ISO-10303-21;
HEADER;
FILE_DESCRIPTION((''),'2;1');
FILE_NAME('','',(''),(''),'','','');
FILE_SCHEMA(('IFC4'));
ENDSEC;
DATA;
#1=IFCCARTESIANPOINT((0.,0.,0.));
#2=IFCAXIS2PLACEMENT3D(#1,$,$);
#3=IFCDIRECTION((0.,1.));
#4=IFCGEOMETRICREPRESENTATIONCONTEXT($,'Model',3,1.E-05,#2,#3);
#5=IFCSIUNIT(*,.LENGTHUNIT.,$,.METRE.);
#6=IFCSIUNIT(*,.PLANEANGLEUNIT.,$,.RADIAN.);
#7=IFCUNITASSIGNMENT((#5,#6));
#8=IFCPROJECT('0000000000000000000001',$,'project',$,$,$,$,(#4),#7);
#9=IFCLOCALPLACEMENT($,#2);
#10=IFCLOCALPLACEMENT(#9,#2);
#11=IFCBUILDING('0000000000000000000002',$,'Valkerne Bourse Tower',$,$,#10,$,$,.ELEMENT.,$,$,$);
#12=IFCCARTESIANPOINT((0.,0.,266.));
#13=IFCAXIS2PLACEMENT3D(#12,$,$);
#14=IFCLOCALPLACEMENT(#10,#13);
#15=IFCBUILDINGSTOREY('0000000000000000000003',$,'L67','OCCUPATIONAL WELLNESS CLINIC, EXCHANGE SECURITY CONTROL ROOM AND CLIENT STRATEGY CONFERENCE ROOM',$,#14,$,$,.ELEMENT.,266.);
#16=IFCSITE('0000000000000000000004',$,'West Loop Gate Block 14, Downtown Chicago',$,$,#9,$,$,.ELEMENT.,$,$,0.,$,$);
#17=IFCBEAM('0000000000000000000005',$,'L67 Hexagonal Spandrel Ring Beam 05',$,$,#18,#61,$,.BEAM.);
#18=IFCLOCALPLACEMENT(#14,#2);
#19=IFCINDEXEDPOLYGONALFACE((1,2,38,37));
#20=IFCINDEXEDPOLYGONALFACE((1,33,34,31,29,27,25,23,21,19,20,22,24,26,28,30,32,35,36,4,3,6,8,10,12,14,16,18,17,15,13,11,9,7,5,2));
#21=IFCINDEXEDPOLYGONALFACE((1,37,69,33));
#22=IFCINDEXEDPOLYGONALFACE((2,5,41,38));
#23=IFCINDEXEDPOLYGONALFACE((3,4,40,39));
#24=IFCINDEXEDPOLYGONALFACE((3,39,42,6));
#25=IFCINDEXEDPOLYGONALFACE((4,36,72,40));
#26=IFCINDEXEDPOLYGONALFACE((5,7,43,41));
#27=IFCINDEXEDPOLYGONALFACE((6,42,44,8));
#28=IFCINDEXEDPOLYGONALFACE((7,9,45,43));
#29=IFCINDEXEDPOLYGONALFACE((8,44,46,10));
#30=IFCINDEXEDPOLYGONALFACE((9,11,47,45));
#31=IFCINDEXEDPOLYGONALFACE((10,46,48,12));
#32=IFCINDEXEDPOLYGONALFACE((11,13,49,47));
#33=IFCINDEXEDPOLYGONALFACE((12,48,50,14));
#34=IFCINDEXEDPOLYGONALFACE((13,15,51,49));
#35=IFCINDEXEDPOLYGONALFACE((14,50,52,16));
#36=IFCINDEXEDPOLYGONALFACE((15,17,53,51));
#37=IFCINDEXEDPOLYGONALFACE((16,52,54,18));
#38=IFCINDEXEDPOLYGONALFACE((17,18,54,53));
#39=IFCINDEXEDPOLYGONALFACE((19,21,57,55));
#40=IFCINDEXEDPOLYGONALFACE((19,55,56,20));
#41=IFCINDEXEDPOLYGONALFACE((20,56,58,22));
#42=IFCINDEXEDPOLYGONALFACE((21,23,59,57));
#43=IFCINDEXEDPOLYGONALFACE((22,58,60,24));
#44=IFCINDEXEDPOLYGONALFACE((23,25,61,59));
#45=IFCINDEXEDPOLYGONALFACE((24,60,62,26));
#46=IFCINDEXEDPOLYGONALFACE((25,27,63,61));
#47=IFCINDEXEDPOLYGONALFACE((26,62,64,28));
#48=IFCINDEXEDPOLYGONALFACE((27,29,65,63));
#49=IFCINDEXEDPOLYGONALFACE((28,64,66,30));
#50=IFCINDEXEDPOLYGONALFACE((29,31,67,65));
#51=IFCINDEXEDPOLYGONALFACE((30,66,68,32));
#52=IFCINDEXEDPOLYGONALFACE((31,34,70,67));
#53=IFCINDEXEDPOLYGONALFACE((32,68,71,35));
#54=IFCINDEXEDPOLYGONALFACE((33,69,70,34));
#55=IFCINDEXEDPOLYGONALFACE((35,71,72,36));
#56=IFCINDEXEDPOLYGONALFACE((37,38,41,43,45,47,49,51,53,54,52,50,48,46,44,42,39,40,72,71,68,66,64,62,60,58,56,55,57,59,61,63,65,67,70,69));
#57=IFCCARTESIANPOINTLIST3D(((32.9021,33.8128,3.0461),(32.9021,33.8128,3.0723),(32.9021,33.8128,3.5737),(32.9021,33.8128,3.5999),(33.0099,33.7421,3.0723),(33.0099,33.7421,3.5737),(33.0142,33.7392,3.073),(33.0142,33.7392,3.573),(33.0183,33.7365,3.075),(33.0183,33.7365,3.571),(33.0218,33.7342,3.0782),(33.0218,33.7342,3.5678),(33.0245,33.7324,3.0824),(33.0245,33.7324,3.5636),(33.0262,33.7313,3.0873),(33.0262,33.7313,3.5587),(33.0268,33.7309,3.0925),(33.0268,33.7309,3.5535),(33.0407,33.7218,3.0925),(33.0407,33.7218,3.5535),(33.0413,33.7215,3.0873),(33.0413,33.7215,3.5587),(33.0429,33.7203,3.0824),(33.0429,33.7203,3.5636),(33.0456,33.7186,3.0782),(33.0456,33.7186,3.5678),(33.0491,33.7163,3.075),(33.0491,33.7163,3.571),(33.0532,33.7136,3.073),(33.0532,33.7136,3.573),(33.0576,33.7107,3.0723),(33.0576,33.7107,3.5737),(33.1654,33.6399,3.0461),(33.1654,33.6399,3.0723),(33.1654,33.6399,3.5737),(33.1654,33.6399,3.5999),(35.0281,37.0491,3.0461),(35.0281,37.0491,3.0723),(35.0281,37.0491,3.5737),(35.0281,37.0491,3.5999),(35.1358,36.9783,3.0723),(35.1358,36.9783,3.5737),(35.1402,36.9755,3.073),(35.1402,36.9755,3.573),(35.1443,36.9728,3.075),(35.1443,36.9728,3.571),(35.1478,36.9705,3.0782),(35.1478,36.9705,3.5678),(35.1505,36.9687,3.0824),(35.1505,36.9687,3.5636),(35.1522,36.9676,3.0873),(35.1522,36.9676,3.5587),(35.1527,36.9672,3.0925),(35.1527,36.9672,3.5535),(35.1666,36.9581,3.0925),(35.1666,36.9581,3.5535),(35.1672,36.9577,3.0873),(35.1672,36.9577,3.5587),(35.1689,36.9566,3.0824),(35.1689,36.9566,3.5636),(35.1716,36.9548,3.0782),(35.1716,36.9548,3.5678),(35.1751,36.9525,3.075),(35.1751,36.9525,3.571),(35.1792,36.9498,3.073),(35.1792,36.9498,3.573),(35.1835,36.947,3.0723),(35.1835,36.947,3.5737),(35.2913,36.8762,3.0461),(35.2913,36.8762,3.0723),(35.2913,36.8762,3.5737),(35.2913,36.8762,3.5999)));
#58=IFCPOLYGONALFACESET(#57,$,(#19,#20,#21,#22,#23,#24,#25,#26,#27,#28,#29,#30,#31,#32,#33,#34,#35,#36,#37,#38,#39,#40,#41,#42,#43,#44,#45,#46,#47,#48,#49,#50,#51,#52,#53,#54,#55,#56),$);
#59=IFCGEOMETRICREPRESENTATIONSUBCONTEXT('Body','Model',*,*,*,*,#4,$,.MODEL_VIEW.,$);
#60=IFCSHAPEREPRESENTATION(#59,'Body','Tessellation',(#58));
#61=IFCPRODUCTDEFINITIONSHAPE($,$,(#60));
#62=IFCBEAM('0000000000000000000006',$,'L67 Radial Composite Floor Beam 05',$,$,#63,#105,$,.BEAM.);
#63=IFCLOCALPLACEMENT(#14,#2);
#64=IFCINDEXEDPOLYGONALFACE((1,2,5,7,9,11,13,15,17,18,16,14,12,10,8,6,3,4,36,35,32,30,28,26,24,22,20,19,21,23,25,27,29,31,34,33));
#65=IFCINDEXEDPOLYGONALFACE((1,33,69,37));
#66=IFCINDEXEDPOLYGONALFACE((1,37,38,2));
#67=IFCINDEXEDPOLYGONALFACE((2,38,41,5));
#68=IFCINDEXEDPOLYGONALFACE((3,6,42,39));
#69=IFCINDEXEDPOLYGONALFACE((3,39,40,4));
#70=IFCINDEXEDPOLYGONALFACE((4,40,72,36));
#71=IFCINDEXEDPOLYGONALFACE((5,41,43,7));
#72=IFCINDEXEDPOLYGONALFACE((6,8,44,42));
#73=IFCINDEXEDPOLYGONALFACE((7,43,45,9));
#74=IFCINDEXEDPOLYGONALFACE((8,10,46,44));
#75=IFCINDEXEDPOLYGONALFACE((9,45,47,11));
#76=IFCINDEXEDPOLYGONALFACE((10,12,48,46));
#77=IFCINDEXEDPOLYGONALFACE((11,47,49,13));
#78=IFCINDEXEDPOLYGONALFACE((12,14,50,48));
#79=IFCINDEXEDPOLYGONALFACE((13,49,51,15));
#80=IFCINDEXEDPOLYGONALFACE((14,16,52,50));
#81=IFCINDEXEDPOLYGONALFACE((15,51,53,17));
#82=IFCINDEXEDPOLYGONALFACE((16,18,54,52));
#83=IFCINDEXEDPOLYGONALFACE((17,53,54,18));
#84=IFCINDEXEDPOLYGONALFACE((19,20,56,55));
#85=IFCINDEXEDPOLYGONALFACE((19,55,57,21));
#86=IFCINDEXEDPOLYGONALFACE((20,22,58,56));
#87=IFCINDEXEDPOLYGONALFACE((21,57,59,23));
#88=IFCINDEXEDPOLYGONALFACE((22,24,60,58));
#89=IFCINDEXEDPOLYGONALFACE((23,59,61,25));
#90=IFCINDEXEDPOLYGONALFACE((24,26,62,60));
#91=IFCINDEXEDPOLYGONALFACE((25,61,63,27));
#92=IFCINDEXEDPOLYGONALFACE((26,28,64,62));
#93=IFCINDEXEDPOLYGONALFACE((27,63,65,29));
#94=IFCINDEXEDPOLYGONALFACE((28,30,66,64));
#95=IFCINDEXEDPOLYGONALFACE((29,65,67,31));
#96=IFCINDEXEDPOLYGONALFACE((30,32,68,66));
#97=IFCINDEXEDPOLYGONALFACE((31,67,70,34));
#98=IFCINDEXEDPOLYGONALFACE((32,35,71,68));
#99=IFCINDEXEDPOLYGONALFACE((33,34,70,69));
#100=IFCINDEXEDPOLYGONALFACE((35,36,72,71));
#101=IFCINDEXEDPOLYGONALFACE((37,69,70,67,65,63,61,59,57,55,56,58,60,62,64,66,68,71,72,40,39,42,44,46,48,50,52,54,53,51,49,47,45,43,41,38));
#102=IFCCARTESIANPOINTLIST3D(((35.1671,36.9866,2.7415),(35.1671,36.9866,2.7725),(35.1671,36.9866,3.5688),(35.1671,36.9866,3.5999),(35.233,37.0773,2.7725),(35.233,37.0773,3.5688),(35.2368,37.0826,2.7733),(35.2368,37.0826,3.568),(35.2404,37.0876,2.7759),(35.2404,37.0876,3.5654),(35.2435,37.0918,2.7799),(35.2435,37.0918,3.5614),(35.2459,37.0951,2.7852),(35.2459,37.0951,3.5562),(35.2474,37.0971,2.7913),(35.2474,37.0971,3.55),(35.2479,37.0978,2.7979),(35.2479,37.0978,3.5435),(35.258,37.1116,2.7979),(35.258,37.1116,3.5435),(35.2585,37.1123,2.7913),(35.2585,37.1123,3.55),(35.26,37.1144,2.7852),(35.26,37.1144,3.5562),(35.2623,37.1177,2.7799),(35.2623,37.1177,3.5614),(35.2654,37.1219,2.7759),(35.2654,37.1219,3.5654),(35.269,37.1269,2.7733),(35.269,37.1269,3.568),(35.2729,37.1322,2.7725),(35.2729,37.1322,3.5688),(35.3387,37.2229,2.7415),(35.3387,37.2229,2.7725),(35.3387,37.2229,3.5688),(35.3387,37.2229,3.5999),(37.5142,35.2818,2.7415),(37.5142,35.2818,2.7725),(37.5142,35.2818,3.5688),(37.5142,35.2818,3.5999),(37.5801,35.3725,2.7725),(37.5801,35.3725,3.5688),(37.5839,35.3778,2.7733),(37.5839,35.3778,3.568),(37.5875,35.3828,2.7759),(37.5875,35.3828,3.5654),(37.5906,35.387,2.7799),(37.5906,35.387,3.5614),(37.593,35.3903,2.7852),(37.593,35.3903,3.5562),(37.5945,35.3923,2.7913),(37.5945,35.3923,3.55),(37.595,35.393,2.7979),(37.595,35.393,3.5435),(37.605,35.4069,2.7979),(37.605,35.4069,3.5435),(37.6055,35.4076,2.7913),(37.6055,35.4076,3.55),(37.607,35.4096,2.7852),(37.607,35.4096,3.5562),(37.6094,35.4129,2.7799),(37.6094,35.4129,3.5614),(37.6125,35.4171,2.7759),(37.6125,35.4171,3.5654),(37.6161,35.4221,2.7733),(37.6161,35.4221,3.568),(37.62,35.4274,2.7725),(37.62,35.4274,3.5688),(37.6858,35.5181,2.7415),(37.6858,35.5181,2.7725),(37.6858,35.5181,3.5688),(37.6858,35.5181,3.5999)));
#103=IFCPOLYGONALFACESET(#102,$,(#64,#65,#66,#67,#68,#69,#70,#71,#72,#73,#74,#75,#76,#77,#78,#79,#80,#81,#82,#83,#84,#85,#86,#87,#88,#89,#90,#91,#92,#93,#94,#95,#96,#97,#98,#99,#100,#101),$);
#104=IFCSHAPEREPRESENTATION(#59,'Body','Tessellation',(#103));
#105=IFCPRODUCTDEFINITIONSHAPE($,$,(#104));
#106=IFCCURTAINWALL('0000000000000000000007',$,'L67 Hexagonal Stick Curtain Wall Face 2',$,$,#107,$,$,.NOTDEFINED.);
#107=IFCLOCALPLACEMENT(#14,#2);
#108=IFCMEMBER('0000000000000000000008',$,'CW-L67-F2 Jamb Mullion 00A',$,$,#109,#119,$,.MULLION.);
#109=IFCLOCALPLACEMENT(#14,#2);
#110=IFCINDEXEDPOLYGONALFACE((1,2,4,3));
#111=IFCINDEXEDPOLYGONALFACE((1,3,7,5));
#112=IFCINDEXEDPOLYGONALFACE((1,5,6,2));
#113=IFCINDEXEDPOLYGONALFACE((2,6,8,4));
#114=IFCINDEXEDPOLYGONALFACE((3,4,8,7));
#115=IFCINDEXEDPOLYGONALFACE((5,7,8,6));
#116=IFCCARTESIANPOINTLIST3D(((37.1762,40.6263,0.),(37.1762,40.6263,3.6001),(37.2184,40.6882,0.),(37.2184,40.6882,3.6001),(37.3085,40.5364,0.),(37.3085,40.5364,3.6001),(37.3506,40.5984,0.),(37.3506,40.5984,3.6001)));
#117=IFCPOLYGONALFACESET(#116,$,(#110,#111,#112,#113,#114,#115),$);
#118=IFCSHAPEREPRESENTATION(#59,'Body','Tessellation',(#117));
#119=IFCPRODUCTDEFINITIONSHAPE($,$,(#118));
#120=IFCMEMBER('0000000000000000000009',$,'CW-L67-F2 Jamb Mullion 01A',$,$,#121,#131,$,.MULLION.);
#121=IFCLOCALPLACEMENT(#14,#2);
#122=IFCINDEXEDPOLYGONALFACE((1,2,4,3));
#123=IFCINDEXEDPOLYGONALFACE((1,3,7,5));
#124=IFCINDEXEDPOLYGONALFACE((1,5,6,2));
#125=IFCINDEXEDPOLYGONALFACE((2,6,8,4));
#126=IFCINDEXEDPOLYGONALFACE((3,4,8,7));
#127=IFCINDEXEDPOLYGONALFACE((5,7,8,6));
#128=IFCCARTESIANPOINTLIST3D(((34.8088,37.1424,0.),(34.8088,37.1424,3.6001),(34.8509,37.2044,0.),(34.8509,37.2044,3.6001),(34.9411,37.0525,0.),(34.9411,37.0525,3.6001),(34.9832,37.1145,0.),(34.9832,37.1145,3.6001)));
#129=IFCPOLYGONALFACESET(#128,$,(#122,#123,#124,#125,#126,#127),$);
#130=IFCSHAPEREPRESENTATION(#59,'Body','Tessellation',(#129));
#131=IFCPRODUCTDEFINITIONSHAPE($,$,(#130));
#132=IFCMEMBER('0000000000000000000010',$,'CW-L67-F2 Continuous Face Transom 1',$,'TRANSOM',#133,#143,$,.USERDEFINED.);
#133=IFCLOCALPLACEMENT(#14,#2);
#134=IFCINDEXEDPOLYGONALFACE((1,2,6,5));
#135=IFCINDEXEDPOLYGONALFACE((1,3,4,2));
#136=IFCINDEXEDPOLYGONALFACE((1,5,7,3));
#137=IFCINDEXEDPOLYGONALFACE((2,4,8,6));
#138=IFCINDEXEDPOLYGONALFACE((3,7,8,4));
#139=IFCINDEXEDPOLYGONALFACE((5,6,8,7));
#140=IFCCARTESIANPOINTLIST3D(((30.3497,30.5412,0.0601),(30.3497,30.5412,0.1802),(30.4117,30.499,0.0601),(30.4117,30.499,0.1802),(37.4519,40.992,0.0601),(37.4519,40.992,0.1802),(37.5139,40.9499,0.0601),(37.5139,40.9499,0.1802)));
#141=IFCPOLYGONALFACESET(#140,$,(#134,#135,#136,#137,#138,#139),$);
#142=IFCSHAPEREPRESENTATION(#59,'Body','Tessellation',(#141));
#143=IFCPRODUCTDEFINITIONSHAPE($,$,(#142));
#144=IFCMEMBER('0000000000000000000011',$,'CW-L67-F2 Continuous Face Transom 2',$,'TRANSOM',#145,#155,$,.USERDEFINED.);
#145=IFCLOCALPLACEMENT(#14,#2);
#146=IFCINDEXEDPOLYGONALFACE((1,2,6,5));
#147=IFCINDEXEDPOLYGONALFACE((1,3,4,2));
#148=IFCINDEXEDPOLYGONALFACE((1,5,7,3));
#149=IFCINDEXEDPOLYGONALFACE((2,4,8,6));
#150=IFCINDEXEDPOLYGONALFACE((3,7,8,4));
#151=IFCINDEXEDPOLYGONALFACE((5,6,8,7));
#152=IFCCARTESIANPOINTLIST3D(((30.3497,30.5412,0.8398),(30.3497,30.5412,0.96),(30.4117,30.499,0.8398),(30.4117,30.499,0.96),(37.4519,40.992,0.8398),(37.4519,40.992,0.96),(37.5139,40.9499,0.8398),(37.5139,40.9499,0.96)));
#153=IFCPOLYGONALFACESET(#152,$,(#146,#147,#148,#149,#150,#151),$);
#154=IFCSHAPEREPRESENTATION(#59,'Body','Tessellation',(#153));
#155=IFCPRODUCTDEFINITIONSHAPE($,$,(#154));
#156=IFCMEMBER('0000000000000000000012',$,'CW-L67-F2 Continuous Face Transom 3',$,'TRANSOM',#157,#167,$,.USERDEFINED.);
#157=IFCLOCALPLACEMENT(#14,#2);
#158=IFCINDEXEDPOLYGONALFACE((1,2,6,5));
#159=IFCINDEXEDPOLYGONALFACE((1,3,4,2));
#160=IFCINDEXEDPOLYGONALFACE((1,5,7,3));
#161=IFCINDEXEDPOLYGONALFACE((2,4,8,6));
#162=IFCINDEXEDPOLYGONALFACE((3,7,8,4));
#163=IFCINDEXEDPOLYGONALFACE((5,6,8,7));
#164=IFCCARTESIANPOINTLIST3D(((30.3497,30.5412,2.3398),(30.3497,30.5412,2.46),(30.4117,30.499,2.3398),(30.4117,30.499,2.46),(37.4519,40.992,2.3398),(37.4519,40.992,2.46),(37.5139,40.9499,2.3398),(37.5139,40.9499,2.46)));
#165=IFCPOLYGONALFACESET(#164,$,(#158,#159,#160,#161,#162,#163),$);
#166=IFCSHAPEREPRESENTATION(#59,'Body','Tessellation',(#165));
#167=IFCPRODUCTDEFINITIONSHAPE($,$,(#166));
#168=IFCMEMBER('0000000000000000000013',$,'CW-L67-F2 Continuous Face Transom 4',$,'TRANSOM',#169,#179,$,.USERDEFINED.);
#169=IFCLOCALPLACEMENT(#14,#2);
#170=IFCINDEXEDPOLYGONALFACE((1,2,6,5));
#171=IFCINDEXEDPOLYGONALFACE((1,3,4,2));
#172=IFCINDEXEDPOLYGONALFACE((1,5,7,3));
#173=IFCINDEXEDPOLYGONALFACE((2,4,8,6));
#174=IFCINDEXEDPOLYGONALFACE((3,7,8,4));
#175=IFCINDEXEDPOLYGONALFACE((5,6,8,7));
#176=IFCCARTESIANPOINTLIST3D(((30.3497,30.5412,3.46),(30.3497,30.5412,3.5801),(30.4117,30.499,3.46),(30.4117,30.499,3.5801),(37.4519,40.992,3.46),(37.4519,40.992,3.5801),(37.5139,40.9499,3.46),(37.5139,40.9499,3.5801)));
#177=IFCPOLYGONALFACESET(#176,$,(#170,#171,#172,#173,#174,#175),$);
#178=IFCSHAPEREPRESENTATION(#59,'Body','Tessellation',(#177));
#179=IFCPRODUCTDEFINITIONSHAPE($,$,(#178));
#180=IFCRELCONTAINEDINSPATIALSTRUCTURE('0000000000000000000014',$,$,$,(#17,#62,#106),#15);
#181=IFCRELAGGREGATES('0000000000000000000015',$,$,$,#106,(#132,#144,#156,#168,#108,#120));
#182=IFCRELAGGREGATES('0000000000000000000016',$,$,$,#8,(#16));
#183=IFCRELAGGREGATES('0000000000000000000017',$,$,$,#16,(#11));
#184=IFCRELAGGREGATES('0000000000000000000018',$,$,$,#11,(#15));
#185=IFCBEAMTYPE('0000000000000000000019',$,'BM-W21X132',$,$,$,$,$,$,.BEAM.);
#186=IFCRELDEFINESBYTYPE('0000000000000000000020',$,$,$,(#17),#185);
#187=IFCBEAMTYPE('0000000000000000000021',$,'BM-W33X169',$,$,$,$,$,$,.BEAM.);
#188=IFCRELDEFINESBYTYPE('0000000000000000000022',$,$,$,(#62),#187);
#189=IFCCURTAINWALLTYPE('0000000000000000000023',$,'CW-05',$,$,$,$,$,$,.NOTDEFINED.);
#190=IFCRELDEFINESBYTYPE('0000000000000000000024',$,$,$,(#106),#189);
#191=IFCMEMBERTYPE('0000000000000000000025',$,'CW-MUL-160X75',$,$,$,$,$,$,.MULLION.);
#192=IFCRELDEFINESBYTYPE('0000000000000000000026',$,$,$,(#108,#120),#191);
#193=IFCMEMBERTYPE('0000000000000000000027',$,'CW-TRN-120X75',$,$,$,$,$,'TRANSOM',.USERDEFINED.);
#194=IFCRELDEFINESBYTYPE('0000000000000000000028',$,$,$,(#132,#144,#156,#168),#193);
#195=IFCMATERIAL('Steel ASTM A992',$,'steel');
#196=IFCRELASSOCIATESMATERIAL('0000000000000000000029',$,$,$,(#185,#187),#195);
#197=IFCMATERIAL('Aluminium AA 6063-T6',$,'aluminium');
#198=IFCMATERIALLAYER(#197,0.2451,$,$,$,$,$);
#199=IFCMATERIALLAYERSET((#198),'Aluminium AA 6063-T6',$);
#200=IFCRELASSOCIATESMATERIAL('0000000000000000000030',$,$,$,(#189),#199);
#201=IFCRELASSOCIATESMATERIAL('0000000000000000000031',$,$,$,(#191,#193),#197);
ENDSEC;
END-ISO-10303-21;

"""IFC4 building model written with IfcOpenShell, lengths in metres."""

from ifc_helpers import new_model, si_unit, direction, frame, origin, origin_2d, place, context, subcontext, project, spatial, rectangle, i_section, extrude, material, layer, layer_set, material_profile, profile_set, type_object, element, aggregate, save


model = new_model("IFC4")

# Units and contexts
model_context = context("Model", 3, precision=1e-05, world=origin(), true_north=direction((0.0, 1.0)))
body_context = subcontext(model_context, "Body", "Model", "MODEL_VIEW")
ifc_project = project(units=[si_unit("LENGTHUNIT", "METRE"), si_unit("PLANEANGLEUNIT", "RADIAN")], contexts=[model_context])

# Site, building, storey
site_placement = place(None, origin())
site = spatial("IfcSite", under=ifc_project, at=site_placement, Name="West Loop Gate Block 14, Downtown Chicago", CompositionType="ELEMENT", RefElevation=0.0)
building_placement = place(site_placement, origin())
building = spatial("IfcBuilding", under=site, at=building_placement, Name="Valkerne Bourse Tower", CompositionType="ELEMENT")
storey_placement = place(building_placement, frame((0.0, 0.0, 266.0)))
storey = spatial("IfcBuildingStorey", under=building, at=storey_placement, Name="L67", Description="OCCUPATIONAL WELLNESS CLINIC, EXCHANGE SECURITY CONTROL ROOM AND CLIENT STRATEGY CONFERENCE ROOM", CompositionType="ELEMENT", Elevation=266.0)

# Beams
ifc_material_1 = material(Name="Steel ASTM A992", Category="steel")
ifc_material_profile_1 = material_profile(ifc_material_1, i_section(OverallWidth=0.3149, OverallDepth=0.5537, WebThickness=0.0166, FlangeThickness=0.0261, FilletRadius=0.0203, at=origin_2d()), Name="W21X132")
ifc_profile_set_1 = profile_set([ifc_material_profile_1], Name="Steel ASTM A992")
beam_type_1 = type_object("IfcBeamType", Name="BM-W21X132", PredefinedType="BEAM", material=ifc_profile_set_1)
for number, where, z_axis, x_axis, name in (
    (1, (35.1597, 36.9626, 3.323), (-0.549042, -0.835795, 0.0), (0.835795, -0.549042, 0.0), "L67 Hexagonal Spandrel Ring Beam 05"),
):
    element("IfcBeam", number, at=place(storey_placement, frame(where, z_axis=z_axis, x_axis=x_axis)), inside=storey, type_object=beam_type_1, Name=name, PredefinedType="BEAM", context=body_context, shape_type="SweptSolid", body=[
        extrude(i_section(OverallWidth=0.3149, OverallDepth=0.5537, WebThickness=0.0166, FlangeThickness=0.0261, FilletRadius=0.0203, at=origin_2d()), origin(), (0.0, 0.0, 1.0), 3.8721),
    ])
ifc_material_profile_2 = material_profile(ifc_material_1, i_section(OverallWidth=0.292, OverallDepth=0.8584, WebThickness=0.0171, FlangeThickness=0.031, FilletRadius=0.0254, at=origin_2d()), Name="W33X169")
ifc_profile_set_2 = profile_set([ifc_material_profile_2], Name="Steel ASTM A992")
beam_type_2 = type_object("IfcBeamType", Name="BM-W33X169", PredefinedType="BEAM", material=ifc_profile_set_2)
beam_1_placement = place(storey_placement, frame((35.2529, 37.1047, 3.1707), z_axis=(0.809096, -0.587676, 0.0), x_axis=(0.587676, 0.809096, 0.0)))
element("IfcBeam", 2, at=beam_1_placement, inside=storey, type_object=beam_type_2, Name="L67 Radial Composite Floor Beam 05", PredefinedType="BEAM", context=body_context, shape_type="SweptSolid", body=[
    extrude(i_section(OverallWidth=0.292, OverallDepth=0.8584, WebThickness=0.0171, FlangeThickness=0.031, FilletRadius=0.0254, at=origin_2d()), origin(), (0.0, 0.0, 1.0), 2.9009),
])

# Curtain wall, members
ifc_material_2 = material(Name="Aluminium AA 6063-T6", Category="aluminium")
ifc_layer_1 = layer(ifc_material_2, 0.2451)
ifc_layer_set_1 = layer_set([ifc_layer_1], Name="Aluminium AA 6063-T6")
curtain_wall_type = type_object("IfcCurtainWallType", Name="CW-05", PredefinedType="NOTDEFINED", material=ifc_layer_set_1)
curtain_wall_placement = place(storey_placement, origin())
curtain_wall = element("IfcCurtainWall", 3, at=curtain_wall_placement, inside=storey, type_object=curtain_wall_type, Name="L67 Hexagonal Stick Curtain Wall Face 2", PredefinedType="NOTDEFINED")
ifc_material_profile_3 = material_profile(ifc_material_2, rectangle(XDim=0.075, YDim=0.1599, at=origin_2d()), Name="CWM-75X160")
ifc_profile_set_3 = profile_set([ifc_material_profile_3], Name="Aluminium AA 6063-T6")
member_type_1 = type_object("IfcMemberType", Name="CW-MUL-160X75", PredefinedType="MULLION", material=ifc_profile_set_3)
member_1_placement = place(storey_placement, frame((37.2634, 40.6123, 0.0), z_axis=(0.0, 0.0, 1.0), x_axis=(-0.56208, -0.827083, 0.0)))
member_1 = element("IfcMember", 4, at=member_1_placement, type_object=member_type_1, Name="CW-L67-F2 Jamb Mullion 00A", PredefinedType="MULLION", context=body_context, shape_type="SweptSolid", body=[
    extrude(rectangle(XDim=0.075, YDim=0.1599, at=origin_2d()), origin(), (0.0, 0.0, 1.0), 3.6001),
])
member_2_placement = place(storey_placement, frame((34.896, 37.1284, 0.0), z_axis=(0.0, 0.0, 1.0), x_axis=(-0.56208, -0.827083, 0.0)))
member_2 = element("IfcMember", 5, at=member_2_placement, type_object=member_type_1, Name="CW-L67-F2 Jamb Mullion 01A", PredefinedType="MULLION", context=body_context, shape_type="SweptSolid", body=[
    extrude(rectangle(XDim=0.075, YDim=0.1599, at=origin_2d()), origin(), (0.0, 0.0, 1.0), 3.6001),
])
ifc_material_profile_4 = material_profile(ifc_material_2, rectangle(XDim=0.075, YDim=0.1201, at=origin_2d()), Name="CWT-75X120")
ifc_profile_set_4 = profile_set([ifc_material_profile_4], Name="Aluminium AA 6063-T6")
member_type_2 = type_object("IfcMemberType", Name="CW-TRN-120X75", ElementType="TRANSOM", PredefinedType="USERDEFINED", material=ifc_profile_set_4)
member_3_placement = place(storey_placement, frame((37.4829, 40.9709, 0.1201), z_axis=(-0.562075, -0.827086, 0.0), x_axis=(0.827086, -0.562075, 0.0)))
member_3 = element("IfcMember", 6, at=member_3_placement, type_object=member_type_2, Name="CW-L67-F2 Continuous Face Transom 1", ObjectType="TRANSOM", PredefinedType="USERDEFINED", context=body_context, shape_type="SweptSolid", body=[
    extrude(rectangle(XDim=0.075, YDim=0.1201, at=origin_2d()), origin(), (0.0, 0.0, 1.0), 12.6357),
])
member_4_placement = place(storey_placement, frame((37.4829, 40.9709, 0.8999), z_axis=(-0.562075, -0.827086, 0.0), x_axis=(0.827086, -0.562075, 0.0)))
member_4 = element("IfcMember", 7, at=member_4_placement, type_object=member_type_2, Name="CW-L67-F2 Continuous Face Transom 2", ObjectType="TRANSOM", PredefinedType="USERDEFINED", context=body_context, shape_type="SweptSolid", body=[
    extrude(rectangle(XDim=0.075, YDim=0.1201, at=origin_2d()), origin(), (0.0, 0.0, 1.0), 12.6357),
])
member_5_placement = place(storey_placement, frame((37.4829, 40.9709, 2.3999), z_axis=(-0.562075, -0.827086, 0.0), x_axis=(0.827086, -0.562075, 0.0)))
member_5 = element("IfcMember", 8, at=member_5_placement, type_object=member_type_2, Name="CW-L67-F2 Continuous Face Transom 3", ObjectType="TRANSOM", PredefinedType="USERDEFINED", context=body_context, shape_type="SweptSolid", body=[
    extrude(rectangle(XDim=0.075, YDim=0.1201, at=origin_2d()), origin(), (0.0, 0.0, 1.0), 12.6357),
])
member_6_placement = place(storey_placement, frame((37.4829, 40.9709, 3.52), z_axis=(-0.562075, -0.827086, 0.0), x_axis=(0.827086, -0.562075, 0.0)))
member_6 = element("IfcMember", 9, at=member_6_placement, type_object=member_type_2, Name="CW-L67-F2 Continuous Face Transom 4", ObjectType="TRANSOM", PredefinedType="USERDEFINED", context=body_context, shape_type="SweptSolid", body=[
    extrude(rectangle(XDim=0.075, YDim=0.1201, at=origin_2d()), origin(), (0.0, 0.0, 1.0), 12.6357),
])

aggregate(curtain_wall, [member_3, member_4, member_5, member_6, member_1, member_2])

save(model, "model.ifc")
